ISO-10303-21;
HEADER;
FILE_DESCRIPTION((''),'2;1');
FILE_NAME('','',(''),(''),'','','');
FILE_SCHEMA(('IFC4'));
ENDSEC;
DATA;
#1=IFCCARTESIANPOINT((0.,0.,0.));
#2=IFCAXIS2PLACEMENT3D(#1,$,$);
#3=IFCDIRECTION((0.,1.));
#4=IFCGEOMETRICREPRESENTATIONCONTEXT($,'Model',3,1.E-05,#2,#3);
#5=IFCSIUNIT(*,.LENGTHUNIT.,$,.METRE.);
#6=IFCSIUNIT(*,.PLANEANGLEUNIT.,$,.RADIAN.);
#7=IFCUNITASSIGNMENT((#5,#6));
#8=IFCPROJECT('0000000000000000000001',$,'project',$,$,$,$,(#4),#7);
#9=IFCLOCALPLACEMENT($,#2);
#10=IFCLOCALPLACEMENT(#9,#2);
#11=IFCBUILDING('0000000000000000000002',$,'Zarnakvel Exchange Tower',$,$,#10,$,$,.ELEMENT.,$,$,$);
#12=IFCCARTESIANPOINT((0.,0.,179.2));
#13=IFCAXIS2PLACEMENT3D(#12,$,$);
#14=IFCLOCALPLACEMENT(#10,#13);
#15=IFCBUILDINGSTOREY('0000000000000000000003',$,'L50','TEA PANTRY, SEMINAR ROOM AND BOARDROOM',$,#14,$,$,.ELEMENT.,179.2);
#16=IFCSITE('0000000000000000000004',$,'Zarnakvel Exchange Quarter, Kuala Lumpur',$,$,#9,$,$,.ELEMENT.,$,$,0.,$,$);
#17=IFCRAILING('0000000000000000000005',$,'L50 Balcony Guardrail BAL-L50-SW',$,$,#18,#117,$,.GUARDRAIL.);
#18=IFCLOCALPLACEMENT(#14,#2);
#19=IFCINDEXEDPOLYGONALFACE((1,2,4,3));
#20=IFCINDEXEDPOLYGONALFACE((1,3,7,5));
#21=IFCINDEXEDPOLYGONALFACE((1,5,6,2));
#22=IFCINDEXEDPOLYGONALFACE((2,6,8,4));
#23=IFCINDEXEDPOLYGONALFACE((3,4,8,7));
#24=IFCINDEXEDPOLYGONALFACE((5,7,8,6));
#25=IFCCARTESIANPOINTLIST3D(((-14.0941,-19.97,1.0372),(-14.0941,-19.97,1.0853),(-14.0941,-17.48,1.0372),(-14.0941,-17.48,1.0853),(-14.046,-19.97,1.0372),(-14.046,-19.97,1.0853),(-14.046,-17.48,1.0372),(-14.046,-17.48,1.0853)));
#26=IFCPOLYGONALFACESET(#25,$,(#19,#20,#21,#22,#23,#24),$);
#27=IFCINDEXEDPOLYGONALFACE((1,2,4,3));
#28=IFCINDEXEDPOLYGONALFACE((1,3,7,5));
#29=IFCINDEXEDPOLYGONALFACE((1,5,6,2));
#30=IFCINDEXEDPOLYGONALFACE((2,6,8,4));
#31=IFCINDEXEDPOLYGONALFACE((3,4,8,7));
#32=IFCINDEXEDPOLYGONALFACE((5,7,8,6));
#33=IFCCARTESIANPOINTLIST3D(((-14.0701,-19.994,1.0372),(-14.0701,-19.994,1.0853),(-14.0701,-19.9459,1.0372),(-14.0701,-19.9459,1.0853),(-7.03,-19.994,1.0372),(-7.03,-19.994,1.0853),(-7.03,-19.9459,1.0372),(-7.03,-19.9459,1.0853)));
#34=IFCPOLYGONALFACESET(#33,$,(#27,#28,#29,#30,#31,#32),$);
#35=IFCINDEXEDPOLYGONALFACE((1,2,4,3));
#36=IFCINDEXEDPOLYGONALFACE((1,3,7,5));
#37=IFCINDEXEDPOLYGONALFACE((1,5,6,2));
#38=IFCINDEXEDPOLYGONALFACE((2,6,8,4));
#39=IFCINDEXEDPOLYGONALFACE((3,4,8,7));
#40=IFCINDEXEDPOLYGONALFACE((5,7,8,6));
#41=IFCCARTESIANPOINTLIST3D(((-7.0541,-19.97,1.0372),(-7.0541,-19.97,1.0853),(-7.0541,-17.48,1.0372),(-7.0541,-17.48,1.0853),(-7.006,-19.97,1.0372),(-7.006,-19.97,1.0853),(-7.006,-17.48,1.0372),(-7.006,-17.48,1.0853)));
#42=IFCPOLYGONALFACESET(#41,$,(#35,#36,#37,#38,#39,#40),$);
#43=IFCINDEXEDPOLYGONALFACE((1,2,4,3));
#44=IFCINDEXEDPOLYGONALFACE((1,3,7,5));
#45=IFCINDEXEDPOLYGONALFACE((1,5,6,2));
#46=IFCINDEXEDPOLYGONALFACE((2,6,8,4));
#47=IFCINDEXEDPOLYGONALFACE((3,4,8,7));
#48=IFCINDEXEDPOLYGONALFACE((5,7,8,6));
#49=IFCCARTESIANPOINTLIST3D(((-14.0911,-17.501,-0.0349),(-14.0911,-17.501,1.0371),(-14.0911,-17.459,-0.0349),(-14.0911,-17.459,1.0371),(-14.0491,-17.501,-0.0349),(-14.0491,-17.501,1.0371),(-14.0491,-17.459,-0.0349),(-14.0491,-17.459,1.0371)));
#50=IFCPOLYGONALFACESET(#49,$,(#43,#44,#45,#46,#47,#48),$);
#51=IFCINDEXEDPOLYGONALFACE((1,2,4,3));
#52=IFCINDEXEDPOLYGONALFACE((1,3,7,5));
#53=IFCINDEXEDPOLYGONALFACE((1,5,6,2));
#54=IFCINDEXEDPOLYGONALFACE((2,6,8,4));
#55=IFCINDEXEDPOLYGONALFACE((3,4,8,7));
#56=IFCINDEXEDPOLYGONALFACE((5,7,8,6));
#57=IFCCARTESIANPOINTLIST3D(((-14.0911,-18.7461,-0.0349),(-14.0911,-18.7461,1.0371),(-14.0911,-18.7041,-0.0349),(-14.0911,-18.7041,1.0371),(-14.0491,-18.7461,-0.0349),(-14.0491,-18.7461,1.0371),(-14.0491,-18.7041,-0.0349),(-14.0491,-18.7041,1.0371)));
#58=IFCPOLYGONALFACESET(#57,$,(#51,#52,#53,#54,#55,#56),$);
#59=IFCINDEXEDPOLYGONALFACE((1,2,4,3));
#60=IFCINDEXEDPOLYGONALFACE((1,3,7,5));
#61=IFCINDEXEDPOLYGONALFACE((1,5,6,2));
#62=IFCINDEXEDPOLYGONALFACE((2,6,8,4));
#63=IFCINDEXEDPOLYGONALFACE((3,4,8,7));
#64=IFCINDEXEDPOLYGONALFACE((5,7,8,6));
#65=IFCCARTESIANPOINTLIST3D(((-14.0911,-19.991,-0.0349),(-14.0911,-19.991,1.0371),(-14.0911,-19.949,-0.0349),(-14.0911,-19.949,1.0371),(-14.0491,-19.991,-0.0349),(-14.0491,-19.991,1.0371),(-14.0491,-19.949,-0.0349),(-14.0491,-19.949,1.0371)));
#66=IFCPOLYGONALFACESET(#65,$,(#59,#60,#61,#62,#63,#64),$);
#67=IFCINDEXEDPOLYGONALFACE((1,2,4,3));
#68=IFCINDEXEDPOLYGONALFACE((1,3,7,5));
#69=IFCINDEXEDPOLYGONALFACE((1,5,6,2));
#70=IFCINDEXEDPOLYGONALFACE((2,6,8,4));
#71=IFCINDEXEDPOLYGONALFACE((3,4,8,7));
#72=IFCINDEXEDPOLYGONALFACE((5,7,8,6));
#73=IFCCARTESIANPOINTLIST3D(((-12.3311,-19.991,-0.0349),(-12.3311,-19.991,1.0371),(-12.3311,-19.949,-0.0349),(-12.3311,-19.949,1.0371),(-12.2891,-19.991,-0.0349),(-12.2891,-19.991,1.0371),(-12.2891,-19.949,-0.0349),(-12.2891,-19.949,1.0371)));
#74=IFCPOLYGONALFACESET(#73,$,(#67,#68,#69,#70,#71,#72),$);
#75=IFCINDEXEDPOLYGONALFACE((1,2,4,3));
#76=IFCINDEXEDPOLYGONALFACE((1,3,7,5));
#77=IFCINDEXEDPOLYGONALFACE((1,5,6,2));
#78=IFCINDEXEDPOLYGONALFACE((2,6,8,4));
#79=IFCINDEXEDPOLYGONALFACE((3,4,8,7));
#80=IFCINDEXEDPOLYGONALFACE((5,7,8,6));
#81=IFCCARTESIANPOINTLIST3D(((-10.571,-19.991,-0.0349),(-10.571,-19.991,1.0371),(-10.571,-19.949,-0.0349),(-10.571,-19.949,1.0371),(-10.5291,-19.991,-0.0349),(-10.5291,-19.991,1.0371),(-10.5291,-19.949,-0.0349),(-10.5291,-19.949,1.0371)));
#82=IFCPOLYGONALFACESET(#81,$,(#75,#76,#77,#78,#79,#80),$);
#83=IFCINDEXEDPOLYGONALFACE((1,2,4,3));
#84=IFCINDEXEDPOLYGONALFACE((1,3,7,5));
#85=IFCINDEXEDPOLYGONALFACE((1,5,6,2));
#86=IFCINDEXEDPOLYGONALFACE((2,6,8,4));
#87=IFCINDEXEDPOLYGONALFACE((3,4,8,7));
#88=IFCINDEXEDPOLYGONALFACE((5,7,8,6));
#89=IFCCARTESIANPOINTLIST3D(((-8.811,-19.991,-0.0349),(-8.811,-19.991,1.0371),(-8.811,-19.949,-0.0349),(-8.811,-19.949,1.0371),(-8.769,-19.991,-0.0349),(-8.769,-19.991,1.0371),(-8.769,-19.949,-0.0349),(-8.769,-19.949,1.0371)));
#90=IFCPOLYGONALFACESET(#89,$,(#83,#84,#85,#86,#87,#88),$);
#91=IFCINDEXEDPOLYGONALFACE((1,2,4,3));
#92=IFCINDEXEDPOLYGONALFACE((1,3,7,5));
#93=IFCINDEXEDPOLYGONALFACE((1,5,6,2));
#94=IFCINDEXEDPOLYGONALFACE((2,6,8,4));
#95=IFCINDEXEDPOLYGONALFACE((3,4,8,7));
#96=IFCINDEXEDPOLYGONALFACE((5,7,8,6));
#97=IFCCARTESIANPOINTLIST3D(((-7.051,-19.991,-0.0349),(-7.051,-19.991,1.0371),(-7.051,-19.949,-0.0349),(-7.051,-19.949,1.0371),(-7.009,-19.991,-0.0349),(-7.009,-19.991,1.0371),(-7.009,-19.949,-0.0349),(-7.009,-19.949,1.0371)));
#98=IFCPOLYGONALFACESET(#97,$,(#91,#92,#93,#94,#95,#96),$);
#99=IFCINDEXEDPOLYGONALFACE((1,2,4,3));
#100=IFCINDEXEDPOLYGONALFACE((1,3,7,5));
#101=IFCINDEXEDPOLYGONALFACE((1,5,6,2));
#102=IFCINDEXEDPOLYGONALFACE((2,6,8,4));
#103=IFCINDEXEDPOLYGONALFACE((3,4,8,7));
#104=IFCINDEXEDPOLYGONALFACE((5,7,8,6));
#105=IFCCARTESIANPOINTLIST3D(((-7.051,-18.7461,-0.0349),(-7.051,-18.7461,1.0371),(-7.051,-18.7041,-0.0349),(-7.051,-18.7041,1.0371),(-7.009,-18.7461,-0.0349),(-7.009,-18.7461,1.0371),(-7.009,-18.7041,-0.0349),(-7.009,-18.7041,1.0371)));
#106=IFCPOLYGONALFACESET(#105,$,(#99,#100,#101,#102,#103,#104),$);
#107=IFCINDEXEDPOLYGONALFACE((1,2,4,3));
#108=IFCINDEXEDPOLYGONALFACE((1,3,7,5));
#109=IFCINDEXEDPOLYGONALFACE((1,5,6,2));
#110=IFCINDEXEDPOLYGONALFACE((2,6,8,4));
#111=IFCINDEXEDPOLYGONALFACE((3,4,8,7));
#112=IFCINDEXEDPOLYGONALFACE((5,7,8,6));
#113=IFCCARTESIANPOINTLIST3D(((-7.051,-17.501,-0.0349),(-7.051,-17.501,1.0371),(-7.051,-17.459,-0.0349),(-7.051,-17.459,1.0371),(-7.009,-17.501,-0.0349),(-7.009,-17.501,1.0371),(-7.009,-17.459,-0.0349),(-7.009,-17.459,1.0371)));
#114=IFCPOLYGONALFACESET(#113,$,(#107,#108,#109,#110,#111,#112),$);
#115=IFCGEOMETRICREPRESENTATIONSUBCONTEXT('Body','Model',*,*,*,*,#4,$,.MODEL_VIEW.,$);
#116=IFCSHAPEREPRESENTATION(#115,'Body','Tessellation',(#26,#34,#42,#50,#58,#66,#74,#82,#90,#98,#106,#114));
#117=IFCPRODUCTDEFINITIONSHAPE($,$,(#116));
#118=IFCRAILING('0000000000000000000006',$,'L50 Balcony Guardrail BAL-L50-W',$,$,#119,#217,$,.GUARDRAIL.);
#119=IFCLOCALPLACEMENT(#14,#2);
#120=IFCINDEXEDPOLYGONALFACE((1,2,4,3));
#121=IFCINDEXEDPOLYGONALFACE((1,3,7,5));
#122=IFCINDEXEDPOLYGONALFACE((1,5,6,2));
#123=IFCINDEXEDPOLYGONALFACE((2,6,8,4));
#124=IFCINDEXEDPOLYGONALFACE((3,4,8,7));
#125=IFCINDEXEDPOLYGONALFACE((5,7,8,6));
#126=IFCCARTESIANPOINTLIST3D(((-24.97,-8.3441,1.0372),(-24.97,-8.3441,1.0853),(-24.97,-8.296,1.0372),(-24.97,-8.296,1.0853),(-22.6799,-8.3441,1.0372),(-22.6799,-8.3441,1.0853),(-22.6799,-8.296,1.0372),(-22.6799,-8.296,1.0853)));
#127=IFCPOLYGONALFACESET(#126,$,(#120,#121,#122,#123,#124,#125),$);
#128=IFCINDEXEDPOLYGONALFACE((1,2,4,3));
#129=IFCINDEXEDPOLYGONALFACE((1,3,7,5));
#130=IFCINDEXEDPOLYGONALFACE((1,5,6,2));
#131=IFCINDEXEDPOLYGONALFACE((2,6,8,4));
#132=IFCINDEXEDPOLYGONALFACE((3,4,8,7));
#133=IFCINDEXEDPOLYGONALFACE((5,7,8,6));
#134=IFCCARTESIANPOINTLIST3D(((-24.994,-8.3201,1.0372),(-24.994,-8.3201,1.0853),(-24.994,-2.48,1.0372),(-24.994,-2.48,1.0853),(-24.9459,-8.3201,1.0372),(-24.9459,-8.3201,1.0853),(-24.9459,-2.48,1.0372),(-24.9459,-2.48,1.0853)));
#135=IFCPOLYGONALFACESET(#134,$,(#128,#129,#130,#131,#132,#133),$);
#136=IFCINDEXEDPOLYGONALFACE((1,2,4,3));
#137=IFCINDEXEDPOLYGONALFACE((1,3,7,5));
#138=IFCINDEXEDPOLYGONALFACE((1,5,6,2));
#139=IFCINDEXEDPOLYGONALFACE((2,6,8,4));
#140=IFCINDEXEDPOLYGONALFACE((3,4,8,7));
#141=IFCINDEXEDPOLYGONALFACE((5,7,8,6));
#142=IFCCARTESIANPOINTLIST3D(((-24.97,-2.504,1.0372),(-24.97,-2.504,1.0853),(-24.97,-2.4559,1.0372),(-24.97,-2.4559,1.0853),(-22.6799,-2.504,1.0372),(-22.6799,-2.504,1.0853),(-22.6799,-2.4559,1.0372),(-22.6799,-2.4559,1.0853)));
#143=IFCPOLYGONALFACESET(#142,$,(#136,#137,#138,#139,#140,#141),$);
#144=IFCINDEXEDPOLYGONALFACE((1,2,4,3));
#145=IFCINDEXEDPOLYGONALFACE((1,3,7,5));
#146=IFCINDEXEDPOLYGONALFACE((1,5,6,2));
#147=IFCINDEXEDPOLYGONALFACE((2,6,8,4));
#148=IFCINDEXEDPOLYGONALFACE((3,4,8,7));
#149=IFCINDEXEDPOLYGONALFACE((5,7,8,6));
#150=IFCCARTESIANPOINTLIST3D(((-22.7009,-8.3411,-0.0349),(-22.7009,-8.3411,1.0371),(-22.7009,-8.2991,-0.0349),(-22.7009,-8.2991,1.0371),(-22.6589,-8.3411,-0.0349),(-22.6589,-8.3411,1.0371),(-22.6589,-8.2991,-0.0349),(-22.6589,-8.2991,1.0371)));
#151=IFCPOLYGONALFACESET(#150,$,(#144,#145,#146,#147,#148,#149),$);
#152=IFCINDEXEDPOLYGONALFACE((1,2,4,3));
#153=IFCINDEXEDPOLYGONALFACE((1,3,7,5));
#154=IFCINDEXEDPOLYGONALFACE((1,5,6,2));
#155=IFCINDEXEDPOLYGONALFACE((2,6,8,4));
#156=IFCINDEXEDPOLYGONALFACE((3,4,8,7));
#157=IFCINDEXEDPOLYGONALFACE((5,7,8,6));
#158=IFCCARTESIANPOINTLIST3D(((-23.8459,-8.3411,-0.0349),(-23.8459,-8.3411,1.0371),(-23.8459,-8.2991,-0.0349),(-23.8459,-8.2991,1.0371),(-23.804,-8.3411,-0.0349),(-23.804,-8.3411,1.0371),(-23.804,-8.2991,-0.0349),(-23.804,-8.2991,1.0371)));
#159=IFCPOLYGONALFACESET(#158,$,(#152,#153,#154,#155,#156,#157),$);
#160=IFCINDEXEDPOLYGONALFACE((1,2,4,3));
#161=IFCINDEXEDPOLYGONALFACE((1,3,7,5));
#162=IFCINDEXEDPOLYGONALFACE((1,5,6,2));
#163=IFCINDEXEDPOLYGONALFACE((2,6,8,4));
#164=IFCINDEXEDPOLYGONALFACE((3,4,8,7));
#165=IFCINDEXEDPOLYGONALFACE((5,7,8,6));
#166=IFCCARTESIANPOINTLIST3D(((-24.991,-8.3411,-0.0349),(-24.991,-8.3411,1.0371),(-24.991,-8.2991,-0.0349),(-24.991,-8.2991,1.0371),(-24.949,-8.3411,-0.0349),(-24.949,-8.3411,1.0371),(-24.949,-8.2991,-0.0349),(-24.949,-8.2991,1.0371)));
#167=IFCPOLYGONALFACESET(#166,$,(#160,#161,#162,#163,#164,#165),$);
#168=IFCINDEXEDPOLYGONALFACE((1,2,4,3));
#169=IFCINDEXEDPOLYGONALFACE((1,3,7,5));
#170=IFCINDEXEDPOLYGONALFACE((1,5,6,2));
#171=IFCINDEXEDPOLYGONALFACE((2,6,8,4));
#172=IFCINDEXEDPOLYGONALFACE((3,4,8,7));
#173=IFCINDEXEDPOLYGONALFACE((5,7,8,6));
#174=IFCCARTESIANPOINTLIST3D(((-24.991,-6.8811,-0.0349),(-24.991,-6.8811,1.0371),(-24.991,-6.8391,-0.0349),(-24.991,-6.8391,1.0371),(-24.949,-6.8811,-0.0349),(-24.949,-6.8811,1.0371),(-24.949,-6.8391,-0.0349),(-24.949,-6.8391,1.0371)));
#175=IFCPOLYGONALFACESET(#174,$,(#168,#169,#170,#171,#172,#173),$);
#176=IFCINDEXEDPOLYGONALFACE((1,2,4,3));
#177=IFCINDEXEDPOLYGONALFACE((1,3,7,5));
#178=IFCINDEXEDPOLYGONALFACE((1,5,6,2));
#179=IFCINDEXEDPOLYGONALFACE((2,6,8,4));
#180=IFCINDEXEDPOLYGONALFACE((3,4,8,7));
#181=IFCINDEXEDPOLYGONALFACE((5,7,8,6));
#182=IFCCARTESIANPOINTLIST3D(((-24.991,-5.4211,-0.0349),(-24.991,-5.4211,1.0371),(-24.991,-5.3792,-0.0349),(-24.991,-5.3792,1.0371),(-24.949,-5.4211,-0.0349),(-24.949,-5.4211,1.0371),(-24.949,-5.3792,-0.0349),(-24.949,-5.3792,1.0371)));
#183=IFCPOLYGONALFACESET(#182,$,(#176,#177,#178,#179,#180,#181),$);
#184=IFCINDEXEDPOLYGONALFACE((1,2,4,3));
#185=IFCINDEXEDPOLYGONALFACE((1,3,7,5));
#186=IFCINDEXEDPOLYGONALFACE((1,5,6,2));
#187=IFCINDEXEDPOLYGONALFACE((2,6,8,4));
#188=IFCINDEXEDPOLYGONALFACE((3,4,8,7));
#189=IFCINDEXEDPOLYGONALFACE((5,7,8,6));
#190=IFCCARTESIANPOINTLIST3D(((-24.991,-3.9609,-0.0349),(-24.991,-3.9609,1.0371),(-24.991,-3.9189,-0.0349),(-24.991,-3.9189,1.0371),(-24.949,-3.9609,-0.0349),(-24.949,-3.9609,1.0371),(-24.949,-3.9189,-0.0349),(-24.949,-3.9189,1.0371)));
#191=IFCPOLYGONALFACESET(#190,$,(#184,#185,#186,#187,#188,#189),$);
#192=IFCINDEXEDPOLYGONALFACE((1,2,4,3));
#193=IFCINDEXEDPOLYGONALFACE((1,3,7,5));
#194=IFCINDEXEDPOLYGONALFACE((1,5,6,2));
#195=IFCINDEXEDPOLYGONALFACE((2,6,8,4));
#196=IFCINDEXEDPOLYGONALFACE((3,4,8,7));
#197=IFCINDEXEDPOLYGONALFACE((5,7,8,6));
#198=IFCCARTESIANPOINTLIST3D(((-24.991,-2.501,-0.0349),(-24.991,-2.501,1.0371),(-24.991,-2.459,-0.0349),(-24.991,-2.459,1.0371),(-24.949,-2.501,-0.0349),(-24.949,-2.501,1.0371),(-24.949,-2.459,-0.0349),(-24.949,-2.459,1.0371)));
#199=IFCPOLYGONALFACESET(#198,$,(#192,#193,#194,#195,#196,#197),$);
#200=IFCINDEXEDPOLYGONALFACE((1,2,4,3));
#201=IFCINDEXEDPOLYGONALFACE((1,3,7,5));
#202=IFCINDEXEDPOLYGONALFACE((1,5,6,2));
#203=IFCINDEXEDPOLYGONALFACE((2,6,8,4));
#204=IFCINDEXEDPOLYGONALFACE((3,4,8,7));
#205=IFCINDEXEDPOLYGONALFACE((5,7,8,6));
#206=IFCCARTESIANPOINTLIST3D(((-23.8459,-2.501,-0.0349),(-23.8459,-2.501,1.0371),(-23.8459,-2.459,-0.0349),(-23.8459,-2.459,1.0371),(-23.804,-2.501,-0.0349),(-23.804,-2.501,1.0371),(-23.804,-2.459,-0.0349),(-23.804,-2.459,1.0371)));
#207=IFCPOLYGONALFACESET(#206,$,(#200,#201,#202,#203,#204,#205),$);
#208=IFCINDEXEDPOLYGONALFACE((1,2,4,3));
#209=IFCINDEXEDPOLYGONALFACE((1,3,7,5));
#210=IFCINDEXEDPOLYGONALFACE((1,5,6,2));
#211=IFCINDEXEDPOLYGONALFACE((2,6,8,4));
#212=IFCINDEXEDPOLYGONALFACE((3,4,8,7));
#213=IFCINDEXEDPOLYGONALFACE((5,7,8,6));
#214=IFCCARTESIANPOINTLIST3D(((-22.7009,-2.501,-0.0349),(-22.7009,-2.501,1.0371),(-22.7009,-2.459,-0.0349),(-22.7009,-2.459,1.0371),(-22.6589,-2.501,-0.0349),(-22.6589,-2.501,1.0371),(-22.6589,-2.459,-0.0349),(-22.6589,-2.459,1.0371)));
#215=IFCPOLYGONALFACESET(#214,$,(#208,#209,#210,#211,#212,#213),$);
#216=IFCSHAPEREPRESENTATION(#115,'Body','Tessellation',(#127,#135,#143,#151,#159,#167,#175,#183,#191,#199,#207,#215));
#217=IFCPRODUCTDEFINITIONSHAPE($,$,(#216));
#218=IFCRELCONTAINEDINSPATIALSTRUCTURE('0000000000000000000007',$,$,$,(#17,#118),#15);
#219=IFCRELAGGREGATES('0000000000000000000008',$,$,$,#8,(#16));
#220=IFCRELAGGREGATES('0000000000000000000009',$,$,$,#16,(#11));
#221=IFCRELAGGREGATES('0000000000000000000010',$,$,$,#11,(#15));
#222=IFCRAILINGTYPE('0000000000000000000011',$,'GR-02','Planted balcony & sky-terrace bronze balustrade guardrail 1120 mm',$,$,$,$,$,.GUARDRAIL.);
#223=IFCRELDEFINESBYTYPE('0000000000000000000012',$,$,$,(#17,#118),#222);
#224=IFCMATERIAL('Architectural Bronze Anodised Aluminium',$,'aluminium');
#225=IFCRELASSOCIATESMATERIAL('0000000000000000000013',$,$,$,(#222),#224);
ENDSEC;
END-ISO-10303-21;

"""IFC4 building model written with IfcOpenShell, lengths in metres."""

from ifc_helpers import new_model, si_unit, direction, frame, origin, origin_2d, place, context, subcontext, project, spatial, rectangle, extrude, material, type_object, element, save


model = new_model("IFC4")

# Units and contexts
model_context = context("Model", 3, precision=1e-05, world=origin(), true_north=direction((0.0, 1.0)))
body_context = subcontext(model_context, "Body", "Model", "MODEL_VIEW")
ifc_project = project(units=[si_unit("LENGTHUNIT", "METRE"), si_unit("PLANEANGLEUNIT", "RADIAN")], contexts=[model_context])

# Site, building, storey
site_placement = place(None, origin())
site = spatial("IfcSite", under=ifc_project, at=site_placement, Name="Zarnakvel Exchange Quarter, Kuala Lumpur", CompositionType="ELEMENT", RefElevation=0.0)
building_placement = place(site_placement, origin())
building = spatial("IfcBuilding", under=site, at=building_placement, Name="Zarnakvel Exchange Tower", CompositionType="ELEMENT")
storey_placement = place(building_placement, frame((0.0, 0.0, 179.2)))
storey = spatial("IfcBuildingStorey", under=building, at=storey_placement, Name="L50", Description="TEA PANTRY, SEMINAR ROOM AND BOARDROOM", CompositionType="ELEMENT", Elevation=179.2)

# Shared definitions
ifc_material_1 = material(Name="Architectural Bronze Anodised Aluminium", Category="aluminium")

# Railings
railing_type = type_object("IfcRailingType", Name="GR-02", Description="Planted balcony & sky-terrace bronze balustrade guardrail 1120 mm", PredefinedType="GUARDRAIL", material=ifc_material_1)
railing_1_placement = place(storey_placement, frame((-14.0701, -17.48, -0.0349)))
element("IfcRailing", 1, at=railing_1_placement, inside=storey, type_object=railing_type, Name="L50 Balcony Guardrail BAL-L50-SW", PredefinedType="GUARDRAIL", context=body_context, shape_type="SweptSolid", body=[
    extrude(rectangle(XDim=0.0481, YDim=0.0481, at=origin_2d()), frame((0.0, 0.0, 1.0962), z_axis=(0.0, -1.0, 0.0), x_axis=(1.0, 0.0, 0.0)), (0.0, 0.0, 1.0), 2.49),
    extrude(rectangle(XDim=0.0481, YDim=0.0481, at=origin_2d()), frame((0.0, -2.49, 1.0962), z_axis=(1.0, 0.0, 0.0), x_axis=(0.0, 1.0, 0.0)), (0.0, 0.0, 1.0), 7.04),
    extrude(rectangle(XDim=0.0481, YDim=0.0481, at=origin_2d()), frame((7.04, -2.49, 1.0962), z_axis=(0.0, 1.0, 0.0), x_axis=(-1.0, 0.0, 0.0)), (0.0, 0.0, 1.0), 2.49),
    extrude(rectangle(XDim=0.042, YDim=0.042, at=origin_2d()), origin(), (0.0, 0.0, 1.0), 1.072),
    extrude(rectangle(XDim=0.042, YDim=0.042, at=origin_2d()), frame((0.0, -1.2451, 0.0)), (0.0, 0.0, 1.0), 1.072),
    extrude(rectangle(XDim=0.042, YDim=0.042, at=origin_2d()), frame((0.0, -2.49, 0.0)), (0.0, 0.0, 1.0), 1.072),
    extrude(rectangle(XDim=0.042, YDim=0.042, at=origin_2d()), frame((1.76, -2.49, 0.0)), (0.0, 0.0, 1.0), 1.072),
    extrude(rectangle(XDim=0.042, YDim=0.042, at=origin_2d()), frame((3.52, -2.49, 0.0)), (0.0, 0.0, 1.0), 1.072),
    extrude(rectangle(XDim=0.042, YDim=0.042, at=origin_2d()), frame((5.28, -2.49, 0.0)), (0.0, 0.0, 1.0), 1.072),
    extrude(rectangle(XDim=0.042, YDim=0.042, at=origin_2d()), frame((7.04, -2.49, 0.0)), (0.0, 0.0, 1.0), 1.072),
    extrude(rectangle(XDim=0.042, YDim=0.042, at=origin_2d()), frame((7.04, -1.2451, 0.0)), (0.0, 0.0, 1.0), 1.072),
    extrude(rectangle(XDim=0.042, YDim=0.042, at=origin_2d()), frame((7.04, 0.0, 0.0)), (0.0, 0.0, 1.0), 1.072),
])
railing_2_placement = place(storey_placement, frame((-22.6799, -8.3201, -0.0349)))
element("IfcRailing", 2, at=railing_2_placement, inside=storey, type_object=railing_type, Name="L50 Balcony Guardrail BAL-L50-W", PredefinedType="GUARDRAIL", context=body_context, shape_type="SweptSolid", body=[
    extrude(rectangle(XDim=0.0481, YDim=0.0481, at=origin_2d()), frame((0.0, 0.0, 1.0962), z_axis=(-1.0, 0.0, 0.0), x_axis=(0.0, -1.0, 0.0)), (0.0, 0.0, 1.0), 2.29),
    extrude(rectangle(XDim=0.0481, YDim=0.0481, at=origin_2d()), frame((-2.29, 0.0, 1.0962), z_axis=(0.0, 1.0, 0.0), x_axis=(-1.0, 0.0, 0.0)), (0.0, 0.0, 1.0), 5.8401),
    extrude(rectangle(XDim=0.0481, YDim=0.0481, at=origin_2d()), frame((-2.29, 5.8401, 1.0962), z_axis=(1.0, 0.0, 0.0), x_axis=(0.0, 1.0, 0.0)), (0.0, 0.0, 1.0), 2.29),
    extrude(rectangle(XDim=0.042, YDim=0.042, at=origin_2d()), origin(), (0.0, 0.0, 1.0), 1.072),
    extrude(rectangle(XDim=0.042, YDim=0.042, at=origin_2d()), frame((-1.145, 0.0, 0.0)), (0.0, 0.0, 1.0), 1.072),
    extrude(rectangle(XDim=0.042, YDim=0.042, at=origin_2d()), frame((-2.29, 0.0, 0.0)), (0.0, 0.0, 1.0), 1.072),
    extrude(rectangle(XDim=0.042, YDim=0.042, at=origin_2d()), frame((-2.29, 1.46, 0.0)), (0.0, 0.0, 1.0), 1.072),
    extrude(rectangle(XDim=0.042, YDim=0.042, at=origin_2d()), frame((-2.29, 2.9199, 0.0)), (0.0, 0.0, 1.0), 1.072),
    extrude(rectangle(XDim=0.042, YDim=0.042, at=origin_2d()), frame((-2.29, 4.3801, 0.0)), (0.0, 0.0, 1.0), 1.072),
    extrude(rectangle(XDim=0.042, YDim=0.042, at=origin_2d()), frame((-2.29, 5.8401, 0.0)), (0.0, 0.0, 1.0), 1.072),
    extrude(rectangle(XDim=0.042, YDim=0.042, at=origin_2d()), frame((-1.145, 5.8401, 0.0)), (0.0, 0.0, 1.0), 1.072),
    extrude(rectangle(XDim=0.042, YDim=0.042, at=origin_2d()), frame((0.0, 5.8401, 0.0)), (0.0, 0.0, 1.0), 1.072),
])

save(model, "model.ifc")
